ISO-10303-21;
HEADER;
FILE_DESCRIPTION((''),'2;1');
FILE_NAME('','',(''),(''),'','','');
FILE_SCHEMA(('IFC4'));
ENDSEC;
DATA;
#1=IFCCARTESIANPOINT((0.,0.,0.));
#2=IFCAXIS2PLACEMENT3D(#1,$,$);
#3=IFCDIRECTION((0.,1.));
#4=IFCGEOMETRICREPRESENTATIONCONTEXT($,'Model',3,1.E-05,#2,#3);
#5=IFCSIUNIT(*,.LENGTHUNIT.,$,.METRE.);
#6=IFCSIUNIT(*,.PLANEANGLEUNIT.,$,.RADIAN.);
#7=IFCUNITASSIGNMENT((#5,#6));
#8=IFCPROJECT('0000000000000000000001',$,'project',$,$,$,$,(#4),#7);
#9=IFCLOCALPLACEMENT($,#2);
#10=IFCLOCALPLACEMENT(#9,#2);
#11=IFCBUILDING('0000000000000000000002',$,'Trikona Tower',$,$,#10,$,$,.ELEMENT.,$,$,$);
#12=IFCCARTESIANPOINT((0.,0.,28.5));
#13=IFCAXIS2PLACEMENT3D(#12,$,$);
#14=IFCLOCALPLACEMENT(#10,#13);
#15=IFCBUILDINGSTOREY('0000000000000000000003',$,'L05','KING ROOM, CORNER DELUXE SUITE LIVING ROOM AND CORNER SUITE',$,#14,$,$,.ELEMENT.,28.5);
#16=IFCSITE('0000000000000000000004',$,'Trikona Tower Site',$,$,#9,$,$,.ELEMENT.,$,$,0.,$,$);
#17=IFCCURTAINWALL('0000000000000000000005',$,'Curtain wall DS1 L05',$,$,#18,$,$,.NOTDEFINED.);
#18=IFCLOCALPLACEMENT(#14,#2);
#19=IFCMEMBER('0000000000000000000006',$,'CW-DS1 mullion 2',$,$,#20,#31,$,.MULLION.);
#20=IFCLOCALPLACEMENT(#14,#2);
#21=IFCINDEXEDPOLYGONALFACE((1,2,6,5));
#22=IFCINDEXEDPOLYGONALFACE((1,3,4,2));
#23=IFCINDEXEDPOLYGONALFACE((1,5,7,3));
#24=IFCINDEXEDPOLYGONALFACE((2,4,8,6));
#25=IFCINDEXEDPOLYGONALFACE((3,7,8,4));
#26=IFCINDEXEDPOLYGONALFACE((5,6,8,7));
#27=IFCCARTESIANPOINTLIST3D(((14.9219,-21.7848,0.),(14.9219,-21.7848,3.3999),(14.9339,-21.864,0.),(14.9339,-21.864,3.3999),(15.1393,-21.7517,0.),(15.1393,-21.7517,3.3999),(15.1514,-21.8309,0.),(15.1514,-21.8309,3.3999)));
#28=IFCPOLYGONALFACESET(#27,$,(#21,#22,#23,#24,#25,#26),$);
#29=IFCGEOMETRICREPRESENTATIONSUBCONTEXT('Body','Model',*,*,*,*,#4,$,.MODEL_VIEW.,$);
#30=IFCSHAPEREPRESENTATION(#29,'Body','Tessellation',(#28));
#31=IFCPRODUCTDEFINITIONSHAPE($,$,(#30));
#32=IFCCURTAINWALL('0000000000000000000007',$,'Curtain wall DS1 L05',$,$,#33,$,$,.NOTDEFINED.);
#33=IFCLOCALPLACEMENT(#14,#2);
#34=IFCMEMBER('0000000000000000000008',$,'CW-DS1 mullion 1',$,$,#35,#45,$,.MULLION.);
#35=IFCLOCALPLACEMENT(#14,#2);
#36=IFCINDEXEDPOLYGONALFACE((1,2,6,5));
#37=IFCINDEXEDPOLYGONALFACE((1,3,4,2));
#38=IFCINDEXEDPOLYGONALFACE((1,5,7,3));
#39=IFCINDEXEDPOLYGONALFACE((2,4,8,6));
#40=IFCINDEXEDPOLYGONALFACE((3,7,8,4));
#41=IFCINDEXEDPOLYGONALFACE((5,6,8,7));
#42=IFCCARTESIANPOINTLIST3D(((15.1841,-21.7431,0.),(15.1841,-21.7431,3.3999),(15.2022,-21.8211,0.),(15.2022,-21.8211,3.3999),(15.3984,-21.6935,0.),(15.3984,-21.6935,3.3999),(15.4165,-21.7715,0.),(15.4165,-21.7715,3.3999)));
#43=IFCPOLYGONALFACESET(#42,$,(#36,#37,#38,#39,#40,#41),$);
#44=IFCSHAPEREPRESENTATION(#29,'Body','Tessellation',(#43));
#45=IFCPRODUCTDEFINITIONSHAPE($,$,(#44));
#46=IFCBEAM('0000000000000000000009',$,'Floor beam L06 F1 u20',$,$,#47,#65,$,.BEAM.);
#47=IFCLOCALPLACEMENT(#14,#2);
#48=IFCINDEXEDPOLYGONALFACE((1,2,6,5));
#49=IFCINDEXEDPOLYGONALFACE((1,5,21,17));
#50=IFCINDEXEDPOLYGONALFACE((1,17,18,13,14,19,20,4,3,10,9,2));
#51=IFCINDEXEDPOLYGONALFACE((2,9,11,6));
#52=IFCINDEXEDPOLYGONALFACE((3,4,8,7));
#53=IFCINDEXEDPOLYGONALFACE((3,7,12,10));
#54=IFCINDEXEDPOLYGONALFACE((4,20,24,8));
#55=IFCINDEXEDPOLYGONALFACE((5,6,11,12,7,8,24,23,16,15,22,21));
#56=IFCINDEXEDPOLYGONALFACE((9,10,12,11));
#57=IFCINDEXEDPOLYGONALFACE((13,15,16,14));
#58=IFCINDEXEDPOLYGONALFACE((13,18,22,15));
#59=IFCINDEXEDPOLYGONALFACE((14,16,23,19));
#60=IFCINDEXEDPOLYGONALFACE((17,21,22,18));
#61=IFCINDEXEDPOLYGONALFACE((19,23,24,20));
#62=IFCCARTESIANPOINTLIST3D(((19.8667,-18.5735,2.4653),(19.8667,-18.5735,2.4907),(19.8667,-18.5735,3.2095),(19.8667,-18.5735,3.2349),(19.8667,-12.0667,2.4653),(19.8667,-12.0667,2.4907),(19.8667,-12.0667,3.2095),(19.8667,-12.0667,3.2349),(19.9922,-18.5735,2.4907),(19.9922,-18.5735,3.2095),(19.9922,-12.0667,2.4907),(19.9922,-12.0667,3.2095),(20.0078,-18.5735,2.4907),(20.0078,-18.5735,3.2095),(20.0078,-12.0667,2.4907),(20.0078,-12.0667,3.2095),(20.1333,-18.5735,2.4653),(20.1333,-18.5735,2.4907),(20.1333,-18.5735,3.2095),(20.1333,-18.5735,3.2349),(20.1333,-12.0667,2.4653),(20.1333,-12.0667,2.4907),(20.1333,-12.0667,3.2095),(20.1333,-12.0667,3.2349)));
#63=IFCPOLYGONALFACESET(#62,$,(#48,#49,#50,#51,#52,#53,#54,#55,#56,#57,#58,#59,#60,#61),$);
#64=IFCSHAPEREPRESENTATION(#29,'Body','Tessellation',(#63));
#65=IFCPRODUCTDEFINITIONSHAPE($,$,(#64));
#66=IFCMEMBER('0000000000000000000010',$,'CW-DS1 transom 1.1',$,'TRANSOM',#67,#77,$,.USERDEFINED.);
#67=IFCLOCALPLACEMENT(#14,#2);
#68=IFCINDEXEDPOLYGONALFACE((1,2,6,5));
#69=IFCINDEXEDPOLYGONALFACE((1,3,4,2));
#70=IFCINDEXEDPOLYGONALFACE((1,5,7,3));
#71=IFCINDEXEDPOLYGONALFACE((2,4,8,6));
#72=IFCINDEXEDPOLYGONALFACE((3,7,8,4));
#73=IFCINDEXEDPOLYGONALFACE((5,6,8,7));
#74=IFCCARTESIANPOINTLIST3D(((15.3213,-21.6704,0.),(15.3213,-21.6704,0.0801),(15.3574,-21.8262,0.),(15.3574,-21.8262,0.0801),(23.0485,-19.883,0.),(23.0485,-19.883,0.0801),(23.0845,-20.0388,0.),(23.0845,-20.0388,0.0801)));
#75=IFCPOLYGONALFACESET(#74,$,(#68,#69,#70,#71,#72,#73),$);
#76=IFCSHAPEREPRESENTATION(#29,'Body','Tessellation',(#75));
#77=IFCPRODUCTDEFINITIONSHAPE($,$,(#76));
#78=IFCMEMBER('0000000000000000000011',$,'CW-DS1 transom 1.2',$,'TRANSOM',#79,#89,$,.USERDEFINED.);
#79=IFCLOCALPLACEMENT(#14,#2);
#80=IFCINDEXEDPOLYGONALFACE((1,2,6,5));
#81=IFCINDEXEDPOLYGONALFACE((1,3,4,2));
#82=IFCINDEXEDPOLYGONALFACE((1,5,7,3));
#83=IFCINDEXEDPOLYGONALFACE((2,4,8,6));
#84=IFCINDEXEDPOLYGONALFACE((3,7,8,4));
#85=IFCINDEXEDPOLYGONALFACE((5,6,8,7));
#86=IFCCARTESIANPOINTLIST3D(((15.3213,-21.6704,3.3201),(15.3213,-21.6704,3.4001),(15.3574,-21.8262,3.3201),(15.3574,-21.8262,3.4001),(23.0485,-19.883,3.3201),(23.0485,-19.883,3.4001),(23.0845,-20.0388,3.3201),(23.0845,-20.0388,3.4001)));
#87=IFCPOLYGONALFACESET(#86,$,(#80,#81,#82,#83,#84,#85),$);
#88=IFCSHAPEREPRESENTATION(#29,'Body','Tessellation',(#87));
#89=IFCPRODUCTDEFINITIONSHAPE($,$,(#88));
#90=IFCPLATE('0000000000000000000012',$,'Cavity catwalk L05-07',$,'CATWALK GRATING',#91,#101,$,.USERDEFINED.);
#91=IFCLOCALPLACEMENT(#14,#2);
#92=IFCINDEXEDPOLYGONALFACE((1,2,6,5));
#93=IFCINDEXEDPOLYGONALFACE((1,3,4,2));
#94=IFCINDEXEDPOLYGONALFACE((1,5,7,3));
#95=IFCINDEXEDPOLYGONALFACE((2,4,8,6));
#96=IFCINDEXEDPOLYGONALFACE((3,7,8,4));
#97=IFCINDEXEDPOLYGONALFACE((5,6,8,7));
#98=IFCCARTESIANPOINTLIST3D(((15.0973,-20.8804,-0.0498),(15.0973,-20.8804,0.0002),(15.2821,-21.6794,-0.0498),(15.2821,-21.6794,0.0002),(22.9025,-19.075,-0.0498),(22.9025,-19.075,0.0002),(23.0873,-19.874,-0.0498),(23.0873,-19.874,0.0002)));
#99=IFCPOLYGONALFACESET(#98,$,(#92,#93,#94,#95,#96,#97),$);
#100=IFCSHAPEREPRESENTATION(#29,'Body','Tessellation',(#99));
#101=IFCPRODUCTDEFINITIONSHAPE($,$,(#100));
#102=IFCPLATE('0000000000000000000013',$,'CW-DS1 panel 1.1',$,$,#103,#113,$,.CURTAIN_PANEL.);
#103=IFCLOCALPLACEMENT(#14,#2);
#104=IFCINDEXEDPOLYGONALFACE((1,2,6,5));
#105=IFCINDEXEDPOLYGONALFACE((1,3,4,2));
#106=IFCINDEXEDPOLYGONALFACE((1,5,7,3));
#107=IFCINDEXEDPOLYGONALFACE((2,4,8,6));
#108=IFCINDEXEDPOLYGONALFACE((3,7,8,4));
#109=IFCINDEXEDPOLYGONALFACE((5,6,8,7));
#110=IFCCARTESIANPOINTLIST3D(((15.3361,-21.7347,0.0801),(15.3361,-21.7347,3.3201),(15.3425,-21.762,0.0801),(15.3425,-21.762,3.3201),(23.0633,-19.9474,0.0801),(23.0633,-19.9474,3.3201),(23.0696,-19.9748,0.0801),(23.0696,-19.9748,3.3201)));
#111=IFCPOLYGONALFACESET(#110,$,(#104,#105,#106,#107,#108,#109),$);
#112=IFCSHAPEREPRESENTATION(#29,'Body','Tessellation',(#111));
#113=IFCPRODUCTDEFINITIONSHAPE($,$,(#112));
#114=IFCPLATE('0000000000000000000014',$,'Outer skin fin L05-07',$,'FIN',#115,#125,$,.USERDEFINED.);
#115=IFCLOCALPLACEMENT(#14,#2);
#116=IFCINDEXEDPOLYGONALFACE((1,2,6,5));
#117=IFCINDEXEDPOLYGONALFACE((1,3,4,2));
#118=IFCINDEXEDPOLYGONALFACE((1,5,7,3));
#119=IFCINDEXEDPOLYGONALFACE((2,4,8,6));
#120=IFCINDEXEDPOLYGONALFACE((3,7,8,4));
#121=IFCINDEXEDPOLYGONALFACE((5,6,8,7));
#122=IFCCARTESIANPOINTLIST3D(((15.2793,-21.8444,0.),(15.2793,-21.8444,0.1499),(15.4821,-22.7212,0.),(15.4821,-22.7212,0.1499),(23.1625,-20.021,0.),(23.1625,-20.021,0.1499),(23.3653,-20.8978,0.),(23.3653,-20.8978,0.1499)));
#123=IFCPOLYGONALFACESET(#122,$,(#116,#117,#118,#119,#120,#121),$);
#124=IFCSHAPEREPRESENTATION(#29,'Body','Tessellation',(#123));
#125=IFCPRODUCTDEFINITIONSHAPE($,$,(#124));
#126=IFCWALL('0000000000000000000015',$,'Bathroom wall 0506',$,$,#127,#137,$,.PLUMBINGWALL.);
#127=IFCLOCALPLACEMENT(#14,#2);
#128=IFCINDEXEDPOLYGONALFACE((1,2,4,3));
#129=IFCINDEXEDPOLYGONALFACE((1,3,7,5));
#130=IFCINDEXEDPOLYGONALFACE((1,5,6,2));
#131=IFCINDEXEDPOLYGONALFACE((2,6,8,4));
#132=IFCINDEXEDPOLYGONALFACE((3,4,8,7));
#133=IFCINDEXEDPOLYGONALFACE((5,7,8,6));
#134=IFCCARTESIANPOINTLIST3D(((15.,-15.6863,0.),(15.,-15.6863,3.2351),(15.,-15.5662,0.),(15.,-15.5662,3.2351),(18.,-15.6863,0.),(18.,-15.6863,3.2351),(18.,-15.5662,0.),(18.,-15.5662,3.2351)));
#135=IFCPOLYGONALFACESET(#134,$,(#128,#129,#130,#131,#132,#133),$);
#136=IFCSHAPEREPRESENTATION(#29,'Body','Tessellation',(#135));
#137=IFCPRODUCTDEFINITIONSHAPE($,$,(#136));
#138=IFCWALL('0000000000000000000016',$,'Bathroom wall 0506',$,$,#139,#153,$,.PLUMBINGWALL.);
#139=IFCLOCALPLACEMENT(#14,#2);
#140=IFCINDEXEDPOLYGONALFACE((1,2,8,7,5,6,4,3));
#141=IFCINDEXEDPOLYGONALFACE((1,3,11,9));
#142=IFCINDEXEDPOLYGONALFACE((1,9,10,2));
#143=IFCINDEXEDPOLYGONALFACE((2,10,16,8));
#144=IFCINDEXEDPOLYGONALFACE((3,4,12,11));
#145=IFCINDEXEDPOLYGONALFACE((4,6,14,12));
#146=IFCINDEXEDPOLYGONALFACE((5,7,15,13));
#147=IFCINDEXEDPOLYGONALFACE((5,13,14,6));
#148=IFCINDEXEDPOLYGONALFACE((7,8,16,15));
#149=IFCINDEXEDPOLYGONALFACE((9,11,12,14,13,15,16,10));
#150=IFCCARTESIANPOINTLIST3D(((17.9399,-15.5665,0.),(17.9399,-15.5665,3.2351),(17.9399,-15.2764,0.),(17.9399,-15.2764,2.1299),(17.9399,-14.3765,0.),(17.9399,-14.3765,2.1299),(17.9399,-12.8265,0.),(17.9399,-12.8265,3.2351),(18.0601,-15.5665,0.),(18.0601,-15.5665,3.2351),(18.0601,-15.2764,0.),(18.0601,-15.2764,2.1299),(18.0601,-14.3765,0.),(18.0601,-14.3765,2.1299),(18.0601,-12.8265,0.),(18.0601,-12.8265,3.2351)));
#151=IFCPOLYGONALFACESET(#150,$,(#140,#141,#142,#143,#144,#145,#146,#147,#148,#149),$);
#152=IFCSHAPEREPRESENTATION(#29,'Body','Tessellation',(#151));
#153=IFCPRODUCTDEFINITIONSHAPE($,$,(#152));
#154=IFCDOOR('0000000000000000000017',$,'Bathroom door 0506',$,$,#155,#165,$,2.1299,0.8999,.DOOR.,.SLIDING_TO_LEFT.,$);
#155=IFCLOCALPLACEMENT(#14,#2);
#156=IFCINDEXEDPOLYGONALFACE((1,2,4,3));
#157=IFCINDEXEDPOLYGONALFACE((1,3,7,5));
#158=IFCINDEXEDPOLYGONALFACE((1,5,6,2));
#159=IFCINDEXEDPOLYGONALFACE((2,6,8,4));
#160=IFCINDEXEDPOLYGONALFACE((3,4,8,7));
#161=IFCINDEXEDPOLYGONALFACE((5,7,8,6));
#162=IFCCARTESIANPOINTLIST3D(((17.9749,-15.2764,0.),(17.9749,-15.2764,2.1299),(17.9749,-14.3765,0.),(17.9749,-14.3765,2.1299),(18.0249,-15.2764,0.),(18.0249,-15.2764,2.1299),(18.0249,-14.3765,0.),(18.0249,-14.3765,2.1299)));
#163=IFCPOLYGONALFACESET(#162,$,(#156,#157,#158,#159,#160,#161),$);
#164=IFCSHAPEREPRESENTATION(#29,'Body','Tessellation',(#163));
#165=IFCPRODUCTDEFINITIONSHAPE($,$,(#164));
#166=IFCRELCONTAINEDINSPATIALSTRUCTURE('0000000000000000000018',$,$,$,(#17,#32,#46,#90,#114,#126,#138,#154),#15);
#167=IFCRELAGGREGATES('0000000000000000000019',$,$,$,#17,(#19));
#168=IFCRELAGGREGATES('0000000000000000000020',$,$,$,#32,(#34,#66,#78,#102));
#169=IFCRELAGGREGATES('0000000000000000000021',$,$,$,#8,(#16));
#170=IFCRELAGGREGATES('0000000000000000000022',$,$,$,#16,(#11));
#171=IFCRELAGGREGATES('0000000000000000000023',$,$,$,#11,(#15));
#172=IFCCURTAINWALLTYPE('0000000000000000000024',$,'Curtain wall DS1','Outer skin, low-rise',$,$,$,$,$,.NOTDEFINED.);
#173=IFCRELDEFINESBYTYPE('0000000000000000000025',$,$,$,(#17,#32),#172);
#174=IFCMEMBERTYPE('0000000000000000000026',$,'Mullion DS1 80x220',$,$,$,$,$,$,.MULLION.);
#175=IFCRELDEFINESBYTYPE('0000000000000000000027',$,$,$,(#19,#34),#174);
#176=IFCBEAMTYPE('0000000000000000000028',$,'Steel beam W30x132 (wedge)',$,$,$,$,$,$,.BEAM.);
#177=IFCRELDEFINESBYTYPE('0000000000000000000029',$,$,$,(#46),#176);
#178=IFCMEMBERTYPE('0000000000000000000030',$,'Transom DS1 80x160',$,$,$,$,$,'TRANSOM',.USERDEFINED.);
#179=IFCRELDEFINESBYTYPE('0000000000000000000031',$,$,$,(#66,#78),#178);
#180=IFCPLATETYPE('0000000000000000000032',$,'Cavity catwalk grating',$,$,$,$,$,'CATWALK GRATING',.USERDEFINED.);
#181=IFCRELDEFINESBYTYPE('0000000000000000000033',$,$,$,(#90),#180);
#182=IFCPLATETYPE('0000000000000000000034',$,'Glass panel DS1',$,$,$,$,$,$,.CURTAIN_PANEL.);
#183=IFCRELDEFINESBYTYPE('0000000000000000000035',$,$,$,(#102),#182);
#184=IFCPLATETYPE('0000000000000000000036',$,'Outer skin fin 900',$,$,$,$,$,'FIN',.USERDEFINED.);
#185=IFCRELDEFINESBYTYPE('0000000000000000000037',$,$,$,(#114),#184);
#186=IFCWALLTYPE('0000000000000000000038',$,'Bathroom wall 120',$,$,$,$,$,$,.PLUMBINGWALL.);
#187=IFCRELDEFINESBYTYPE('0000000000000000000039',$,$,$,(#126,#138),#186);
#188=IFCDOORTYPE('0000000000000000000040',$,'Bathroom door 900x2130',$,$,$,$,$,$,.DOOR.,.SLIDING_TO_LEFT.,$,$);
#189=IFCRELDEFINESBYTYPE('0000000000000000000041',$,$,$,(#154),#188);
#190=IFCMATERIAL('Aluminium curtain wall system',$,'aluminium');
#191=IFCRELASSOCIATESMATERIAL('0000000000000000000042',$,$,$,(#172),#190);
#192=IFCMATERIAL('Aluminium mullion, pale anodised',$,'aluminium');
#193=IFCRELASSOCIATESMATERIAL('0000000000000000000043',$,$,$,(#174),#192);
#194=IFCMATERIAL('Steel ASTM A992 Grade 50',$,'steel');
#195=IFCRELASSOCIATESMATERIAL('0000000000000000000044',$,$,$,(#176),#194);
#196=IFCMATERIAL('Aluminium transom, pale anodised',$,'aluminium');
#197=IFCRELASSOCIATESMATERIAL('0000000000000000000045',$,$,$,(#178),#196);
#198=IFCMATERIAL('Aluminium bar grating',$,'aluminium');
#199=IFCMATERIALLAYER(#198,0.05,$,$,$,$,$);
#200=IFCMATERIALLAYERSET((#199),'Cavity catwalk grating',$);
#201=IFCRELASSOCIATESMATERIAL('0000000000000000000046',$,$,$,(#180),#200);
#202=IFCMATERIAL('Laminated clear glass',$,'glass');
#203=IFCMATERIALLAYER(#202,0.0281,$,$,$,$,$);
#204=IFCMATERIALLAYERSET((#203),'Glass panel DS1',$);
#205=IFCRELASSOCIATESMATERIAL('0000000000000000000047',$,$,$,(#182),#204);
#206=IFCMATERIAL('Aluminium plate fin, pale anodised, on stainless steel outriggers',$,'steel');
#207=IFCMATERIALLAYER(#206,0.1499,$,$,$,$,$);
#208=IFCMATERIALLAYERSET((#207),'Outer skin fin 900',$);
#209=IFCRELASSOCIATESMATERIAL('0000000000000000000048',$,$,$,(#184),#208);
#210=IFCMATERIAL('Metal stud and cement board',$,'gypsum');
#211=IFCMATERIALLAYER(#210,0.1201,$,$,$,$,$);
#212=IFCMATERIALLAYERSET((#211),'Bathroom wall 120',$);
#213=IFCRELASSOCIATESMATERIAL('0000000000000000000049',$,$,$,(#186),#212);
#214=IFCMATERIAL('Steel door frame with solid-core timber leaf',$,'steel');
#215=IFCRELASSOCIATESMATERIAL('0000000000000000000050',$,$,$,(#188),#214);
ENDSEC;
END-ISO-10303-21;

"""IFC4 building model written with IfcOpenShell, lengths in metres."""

from ifc_helpers import new_model, si_unit, direction, frame, frame_2d, origin, origin_2d, place, context, subcontext, project, spatial, rectangle, i_section, extrude, material, layer, layer_set, material_profile, profile_set, type_object, element, fill, aggregate, save


model = new_model("IFC4")

# Units and contexts
model_context = context("Model", 3, precision=1e-05, world=origin(), true_north=direction((0.0, 1.0)))
body_context = subcontext(model_context, "Body", "Model", "MODEL_VIEW")
ifc_project = project(units=[si_unit("LENGTHUNIT", "METRE"), si_unit("PLANEANGLEUNIT", "RADIAN")], contexts=[model_context])

# Site, building, storey
site_placement = place(None, origin())
site = spatial("IfcSite", under=ifc_project, at=site_placement, Name="Trikona Tower Site", CompositionType="ELEMENT", RefElevation=0.0)
building_placement = place(site_placement, origin())
building = spatial("IfcBuilding", under=site, at=building_placement, Name="Trikona Tower", CompositionType="ELEMENT")
storey_placement = place(building_placement, frame((0.0, 0.0, 28.5)))
storey = spatial("IfcBuildingStorey", under=building, at=storey_placement, Name="L05", Description="KING ROOM, CORNER DELUXE SUITE LIVING ROOM AND CORNER SUITE", CompositionType="ELEMENT", Elevation=28.5)

# Curtain walls, members
ifc_material_1 = material(Name="Aluminium curtain wall system", Category="aluminium")
curtain_wall_type = type_object("IfcCurtainWallType", Name="Curtain wall DS1", Description="Outer skin, low-rise", PredefinedType="NOTDEFINED", material=ifc_material_1)
curtain_wall_1_placement = place(storey_placement, origin())
curtain_wall_1 = element("IfcCurtainWall", 1, at=curtain_wall_1_placement, inside=storey, type_object=curtain_wall_type, Name="Curtain wall DS1 L05", PredefinedType="NOTDEFINED")
ifc_material_2 = material(Name="Aluminium mullion, pale anodised", Category="aluminium")
ifc_material_profile_1 = material_profile(ifc_material_2, rectangle(XDim=0.0801, YDim=0.22, at=origin_2d()), Name="MUL-DS1")
ifc_profile_set_1 = profile_set([ifc_material_profile_1], Name="Aluminium mullion, pale anodised")
member_type_1 = type_object("IfcMemberType", Name="Mullion DS1 80x220", PredefinedType="MULLION", material=ifc_profile_set_1)
member_1_placement = place(storey_placement, frame((15.0366, -21.8079, 0.0), z_axis=(0.0, 0.0, 1.0), x_axis=(-0.150438, 0.988619, 0.0)))
member_1 = element("IfcMember", 2, at=member_1_placement, type_object=member_type_1, Name="CW-DS1 mullion 2", PredefinedType="MULLION", context=body_context, shape_type="SweptSolid", body=[
    extrude(rectangle(XDim=0.0801, YDim=0.22, at=origin_2d()), origin(), (0.0, 0.0, 1.0), 3.3999),
])
aggregate(curtain_wall_1, [member_1])
curtain_wall_2_placement = place(storey_placement, origin())
curtain_wall_2 = element("IfcCurtainWall", 3, at=curtain_wall_2_placement, inside=storey, type_object=curtain_wall_type, Name="Curtain wall DS1 L05", PredefinedType="NOTDEFINED")
member_2_placement = place(storey_placement, frame((15.3003, -21.7573, 0.0), z_axis=(0.0, 0.0, 1.0), x_axis=(-0.225343, 0.974279, 0.0)))
member_2 = element("IfcMember", 4, at=member_2_placement, type_object=member_type_1, Name="CW-DS1 mullion 1", PredefinedType="MULLION", context=body_context, shape_type="SweptSolid", body=[
    extrude(rectangle(XDim=0.0801, YDim=0.22, at=origin_2d()), origin(), (0.0, 0.0, 1.0), 3.3999),
])

# Beam
ifc_material_3 = material(Name="Steel ASTM A992 Grade 50", Category="steel")
ifc_material_profile_2 = material_profile(ifc_material_3, i_section(OverallWidth=0.2666, OverallDepth=0.7695, WebThickness=0.0156, FlangeThickness=0.0254, at=origin_2d()), Name="W30X132")
ifc_profile_set_2 = profile_set([ifc_material_profile_2], Name="Steel ASTM A992 Grade 50")
beam_type = type_object("IfcBeamType", Name="Steel beam W30x132 (wedge)", PredefinedType="BEAM", material=ifc_profile_set_2)
beam_placement = place(storey_placement, frame((20.0, -12.0667, 2.8501), z_axis=(0.0, -1.0, 0.0), x_axis=(1.0, 0.0, 0.0)))
element("IfcBeam", 5, at=beam_placement, inside=storey, type_object=beam_type, Name="Floor beam L06 F1 u20", PredefinedType="BEAM", context=body_context, shape_type="SweptSolid", body=[
    extrude(i_section(OverallWidth=0.2666, OverallDepth=0.7695, WebThickness=0.0156, FlangeThickness=0.0254, at=origin_2d()), origin(), (0.0, 0.0, 1.0), 6.5068),
])

# Members
ifc_material_4 = material(Name="Aluminium transom, pale anodised", Category="aluminium")
ifc_material_profile_3 = material_profile(ifc_material_4, rectangle(XDim=0.1599, YDim=0.0801, at=origin_2d()), Name="TRN-DS1")
ifc_profile_set_3 = profile_set([ifc_material_profile_3], Name="Aluminium transom, pale anodised")
member_type_2 = type_object("IfcMemberType", Name="Transom DS1 80x160", ElementType="TRANSOM", PredefinedType="USERDEFINED", material=ifc_profile_set_3)
member_3_placement = place(storey_placement, frame((15.3394, -21.7483, 0.04), z_axis=(0.974275, 0.225361, 0.0), x_axis=(-0.225361, 0.974275, 0.0)))
member_3 = element("IfcMember", 6, at=member_3_placement, type_object=member_type_2, Name="CW-DS1 transom 1.1", ObjectType="TRANSOM", PredefinedType="USERDEFINED", context=body_context, shape_type="SweptSolid", body=[
    extrude(rectangle(XDim=0.1599, YDim=0.0801, at=origin_2d()), origin(), (0.0, 0.0, 1.0), 7.9312),
])
member_4_placement = place(storey_placement, frame((15.3394, -21.7483, 3.3601), z_axis=(0.974275, 0.225361, 0.0), x_axis=(-0.225361, 0.974275, 0.0)))
member_4 = element("IfcMember", 7, at=member_4_placement, type_object=member_type_2, Name="CW-DS1 transom 1.2", ObjectType="TRANSOM", PredefinedType="USERDEFINED", context=body_context, shape_type="SweptSolid", body=[
    extrude(rectangle(XDim=0.1599, YDim=0.0801, at=origin_2d()), origin(), (0.0, 0.0, 1.0), 7.9312),
])

# Plates
ifc_material_5 = material(Name="Aluminium bar grating", Category="aluminium")
ifc_layer_1 = layer(ifc_material_5, 0.05)
ifc_layer_set_1 = layer_set([ifc_layer_1], Name="Cavity catwalk grating")
plate_type_1 = type_object("IfcPlateType", Name="Cavity catwalk grating", ElementType="CATWALK GRATING", PredefinedType="USERDEFINED", material=ifc_layer_set_1)
plate_1_placement = place(storey_placement, frame((19.0923, -20.3772, -0.0498), z_axis=(0.0, 0.0, 1.0), x_axis=(0.974278, 0.225351, 0.0)))
element("IfcPlate", 8, at=plate_1_placement, inside=storey, type_object=plate_type_1, Name="Cavity catwalk L05-07", ObjectType="CATWALK GRATING", PredefinedType="USERDEFINED", context=body_context, shape_type="SweptSolid", body=[
    extrude(rectangle(XDim=8.0112, YDim=0.8201, at=origin_2d()), origin(), (0.0, 0.0, 1.0), 0.05),
])
ifc_material_6 = material(Name="Laminated clear glass", Category="glass")
ifc_layer_2 = layer(ifc_material_6, 0.0281)
ifc_layer_set_2 = layer_set([ifc_layer_2], Name="Glass panel DS1")
plate_type_2 = type_object("IfcPlateType", Name="Glass panel DS1", PredefinedType="CURTAIN_PANEL", material=ifc_layer_set_2)
plate_2_placement = place(storey_placement, frame((19.2029, -20.8547, 0.0801), z_axis=(0.0, 0.0, 1.0), x_axis=(0.974279, 0.225343, 0.0)))
plate_2 = element("IfcPlate", 9, at=plate_2_placement, type_object=plate_type_2, Name="CW-DS1 panel 1.1", PredefinedType="CURTAIN_PANEL", context=body_context, shape_type="SweptSolid", body=[
    extrude(rectangle(XDim=7.9312, YDim=0.0281, at=origin_2d()), origin(), (0.0, 0.0, 1.0), 3.24),
])
aggregate(curtain_wall_2, [member_2, member_3, member_4, plate_2])
ifc_material_7 = material(Name="Aluminium plate fin, pale anodised, on stainless steel outriggers", Category="steel")
ifc_layer_3 = layer(ifc_material_7, 0.1499)
ifc_layer_set_3 = layer_set([ifc_layer_3], Name="Outer skin fin 900")
plate_type_3 = type_object("IfcPlateType", Name="Outer skin fin 900", ElementType="FIN", PredefinedType="USERDEFINED", material=ifc_layer_set_3)
plate_3_placement = place(storey_placement, frame((19.3223, -21.3711, 0.0), z_axis=(0.0, 0.0, 1.0), x_axis=(0.974278, 0.225351, 0.0)))
element("IfcPlate", 10, at=plate_3_placement, inside=storey, type_object=plate_type_3, Name="Outer skin fin L05-07", ObjectType="FIN", PredefinedType="USERDEFINED", context=body_context, shape_type="SweptSolid", body=[
    extrude(rectangle(XDim=8.0913, YDim=0.8999, at=origin_2d()), origin(), (0.0, 0.0, 1.0), 0.1499),
])

# Wall
ifc_material_8 = material(Name="Metal stud and cement board", Category="gypsum")
ifc_layer_4 = layer(ifc_material_8, 0.1201)
ifc_layer_set_4 = layer_set([ifc_layer_4], Name="Bathroom wall 120")
wall_type_1 = type_object("IfcWallType", Name="Bathroom wall 120", PredefinedType="PLUMBINGWALL", material=ifc_layer_set_4)
wall_1_placement = place(storey_placement, frame((15.0, -15.6262, 0.0), z_axis=(0.0, 0.0, 1.0), x_axis=(1.0, 0.0, 0.0)))
element("IfcWall", 11, at=wall_1_placement, inside=storey, type_object=wall_type_1, Name="Bathroom wall 0506", PredefinedType="PLUMBINGWALL", context=body_context, shape_type="SweptSolid", body=[
    extrude(rectangle(XDim=3.0, YDim=0.1201, at=frame_2d((1.5, 0.0))), origin(), (0.0, 0.0, 1.0), 3.2351),
])

# Wall, opening, door
wall_2_placement = place(storey_placement, frame((18.0, -12.8264, 0.0), z_axis=(0.0, 0.0, 1.0), x_axis=(0.0, -1.0, 0.0)))
wall_2 = element("IfcWall", 12, at=wall_2_placement, inside=storey, type_object=wall_type_1, Name="Bathroom wall 0506", PredefinedType="PLUMBINGWALL", context=body_context, shape_type="SweptSolid", body=[
    extrude(rectangle(XDim=2.74, YDim=0.1201, at=frame_2d((1.3701, 0.0))), origin(), (0.0, 0.0, 1.0), 3.2351),
])
opening_1_placement = place(wall_2_placement, frame((1.55, 0.0, 0.0)))
opening_1 = element("IfcOpeningElement", 13, at=opening_1_placement, cuts=wall_2, PredefinedType="OPENING", context=body_context, shape_type="SweptSolid", body=[
    extrude(rectangle(XDim=0.8999, YDim=2.1299, at=frame_2d((0.45, 1.0649))), frame((0.0, 0.0701, 0.0), z_axis=(0.0, -1.0, 0.0), x_axis=(1.0, 0.0, 0.0)), (0.0, 0.0, 1.0), 0.1401),
])
ifc_material_9 = material(Name="Steel door frame with solid-core timber leaf", Category="steel")
door_type_1 = type_object("IfcDoorType", Name="Bathroom door 900x2130", OperationType="SLIDING_TO_LEFT", PredefinedType="DOOR", material=ifc_material_9)
door_1_placement = place(opening_1_placement, origin())
door_1 = element("IfcDoor", 14, at=door_1_placement, inside=storey, type_object=door_type_1, Name="Bathroom door 0506", OperationType="SLIDING_TO_LEFT", OverallHeight=2.1299, OverallWidth=0.8999, PredefinedType="DOOR", context=body_context, shape_type="SweptSolid", body=[
    extrude(rectangle(XDim=0.8999, YDim=2.1299, at=frame_2d((0.45, 1.0649))), frame((0.0, 0.0249, 0.0), z_axis=(0.0, -1.0, 0.0), x_axis=(1.0, 0.0, 0.0)), (0.0, 0.0, 1.0), 0.05),
])
fill(opening_1, door_1)

save(model, "model.ifc")
